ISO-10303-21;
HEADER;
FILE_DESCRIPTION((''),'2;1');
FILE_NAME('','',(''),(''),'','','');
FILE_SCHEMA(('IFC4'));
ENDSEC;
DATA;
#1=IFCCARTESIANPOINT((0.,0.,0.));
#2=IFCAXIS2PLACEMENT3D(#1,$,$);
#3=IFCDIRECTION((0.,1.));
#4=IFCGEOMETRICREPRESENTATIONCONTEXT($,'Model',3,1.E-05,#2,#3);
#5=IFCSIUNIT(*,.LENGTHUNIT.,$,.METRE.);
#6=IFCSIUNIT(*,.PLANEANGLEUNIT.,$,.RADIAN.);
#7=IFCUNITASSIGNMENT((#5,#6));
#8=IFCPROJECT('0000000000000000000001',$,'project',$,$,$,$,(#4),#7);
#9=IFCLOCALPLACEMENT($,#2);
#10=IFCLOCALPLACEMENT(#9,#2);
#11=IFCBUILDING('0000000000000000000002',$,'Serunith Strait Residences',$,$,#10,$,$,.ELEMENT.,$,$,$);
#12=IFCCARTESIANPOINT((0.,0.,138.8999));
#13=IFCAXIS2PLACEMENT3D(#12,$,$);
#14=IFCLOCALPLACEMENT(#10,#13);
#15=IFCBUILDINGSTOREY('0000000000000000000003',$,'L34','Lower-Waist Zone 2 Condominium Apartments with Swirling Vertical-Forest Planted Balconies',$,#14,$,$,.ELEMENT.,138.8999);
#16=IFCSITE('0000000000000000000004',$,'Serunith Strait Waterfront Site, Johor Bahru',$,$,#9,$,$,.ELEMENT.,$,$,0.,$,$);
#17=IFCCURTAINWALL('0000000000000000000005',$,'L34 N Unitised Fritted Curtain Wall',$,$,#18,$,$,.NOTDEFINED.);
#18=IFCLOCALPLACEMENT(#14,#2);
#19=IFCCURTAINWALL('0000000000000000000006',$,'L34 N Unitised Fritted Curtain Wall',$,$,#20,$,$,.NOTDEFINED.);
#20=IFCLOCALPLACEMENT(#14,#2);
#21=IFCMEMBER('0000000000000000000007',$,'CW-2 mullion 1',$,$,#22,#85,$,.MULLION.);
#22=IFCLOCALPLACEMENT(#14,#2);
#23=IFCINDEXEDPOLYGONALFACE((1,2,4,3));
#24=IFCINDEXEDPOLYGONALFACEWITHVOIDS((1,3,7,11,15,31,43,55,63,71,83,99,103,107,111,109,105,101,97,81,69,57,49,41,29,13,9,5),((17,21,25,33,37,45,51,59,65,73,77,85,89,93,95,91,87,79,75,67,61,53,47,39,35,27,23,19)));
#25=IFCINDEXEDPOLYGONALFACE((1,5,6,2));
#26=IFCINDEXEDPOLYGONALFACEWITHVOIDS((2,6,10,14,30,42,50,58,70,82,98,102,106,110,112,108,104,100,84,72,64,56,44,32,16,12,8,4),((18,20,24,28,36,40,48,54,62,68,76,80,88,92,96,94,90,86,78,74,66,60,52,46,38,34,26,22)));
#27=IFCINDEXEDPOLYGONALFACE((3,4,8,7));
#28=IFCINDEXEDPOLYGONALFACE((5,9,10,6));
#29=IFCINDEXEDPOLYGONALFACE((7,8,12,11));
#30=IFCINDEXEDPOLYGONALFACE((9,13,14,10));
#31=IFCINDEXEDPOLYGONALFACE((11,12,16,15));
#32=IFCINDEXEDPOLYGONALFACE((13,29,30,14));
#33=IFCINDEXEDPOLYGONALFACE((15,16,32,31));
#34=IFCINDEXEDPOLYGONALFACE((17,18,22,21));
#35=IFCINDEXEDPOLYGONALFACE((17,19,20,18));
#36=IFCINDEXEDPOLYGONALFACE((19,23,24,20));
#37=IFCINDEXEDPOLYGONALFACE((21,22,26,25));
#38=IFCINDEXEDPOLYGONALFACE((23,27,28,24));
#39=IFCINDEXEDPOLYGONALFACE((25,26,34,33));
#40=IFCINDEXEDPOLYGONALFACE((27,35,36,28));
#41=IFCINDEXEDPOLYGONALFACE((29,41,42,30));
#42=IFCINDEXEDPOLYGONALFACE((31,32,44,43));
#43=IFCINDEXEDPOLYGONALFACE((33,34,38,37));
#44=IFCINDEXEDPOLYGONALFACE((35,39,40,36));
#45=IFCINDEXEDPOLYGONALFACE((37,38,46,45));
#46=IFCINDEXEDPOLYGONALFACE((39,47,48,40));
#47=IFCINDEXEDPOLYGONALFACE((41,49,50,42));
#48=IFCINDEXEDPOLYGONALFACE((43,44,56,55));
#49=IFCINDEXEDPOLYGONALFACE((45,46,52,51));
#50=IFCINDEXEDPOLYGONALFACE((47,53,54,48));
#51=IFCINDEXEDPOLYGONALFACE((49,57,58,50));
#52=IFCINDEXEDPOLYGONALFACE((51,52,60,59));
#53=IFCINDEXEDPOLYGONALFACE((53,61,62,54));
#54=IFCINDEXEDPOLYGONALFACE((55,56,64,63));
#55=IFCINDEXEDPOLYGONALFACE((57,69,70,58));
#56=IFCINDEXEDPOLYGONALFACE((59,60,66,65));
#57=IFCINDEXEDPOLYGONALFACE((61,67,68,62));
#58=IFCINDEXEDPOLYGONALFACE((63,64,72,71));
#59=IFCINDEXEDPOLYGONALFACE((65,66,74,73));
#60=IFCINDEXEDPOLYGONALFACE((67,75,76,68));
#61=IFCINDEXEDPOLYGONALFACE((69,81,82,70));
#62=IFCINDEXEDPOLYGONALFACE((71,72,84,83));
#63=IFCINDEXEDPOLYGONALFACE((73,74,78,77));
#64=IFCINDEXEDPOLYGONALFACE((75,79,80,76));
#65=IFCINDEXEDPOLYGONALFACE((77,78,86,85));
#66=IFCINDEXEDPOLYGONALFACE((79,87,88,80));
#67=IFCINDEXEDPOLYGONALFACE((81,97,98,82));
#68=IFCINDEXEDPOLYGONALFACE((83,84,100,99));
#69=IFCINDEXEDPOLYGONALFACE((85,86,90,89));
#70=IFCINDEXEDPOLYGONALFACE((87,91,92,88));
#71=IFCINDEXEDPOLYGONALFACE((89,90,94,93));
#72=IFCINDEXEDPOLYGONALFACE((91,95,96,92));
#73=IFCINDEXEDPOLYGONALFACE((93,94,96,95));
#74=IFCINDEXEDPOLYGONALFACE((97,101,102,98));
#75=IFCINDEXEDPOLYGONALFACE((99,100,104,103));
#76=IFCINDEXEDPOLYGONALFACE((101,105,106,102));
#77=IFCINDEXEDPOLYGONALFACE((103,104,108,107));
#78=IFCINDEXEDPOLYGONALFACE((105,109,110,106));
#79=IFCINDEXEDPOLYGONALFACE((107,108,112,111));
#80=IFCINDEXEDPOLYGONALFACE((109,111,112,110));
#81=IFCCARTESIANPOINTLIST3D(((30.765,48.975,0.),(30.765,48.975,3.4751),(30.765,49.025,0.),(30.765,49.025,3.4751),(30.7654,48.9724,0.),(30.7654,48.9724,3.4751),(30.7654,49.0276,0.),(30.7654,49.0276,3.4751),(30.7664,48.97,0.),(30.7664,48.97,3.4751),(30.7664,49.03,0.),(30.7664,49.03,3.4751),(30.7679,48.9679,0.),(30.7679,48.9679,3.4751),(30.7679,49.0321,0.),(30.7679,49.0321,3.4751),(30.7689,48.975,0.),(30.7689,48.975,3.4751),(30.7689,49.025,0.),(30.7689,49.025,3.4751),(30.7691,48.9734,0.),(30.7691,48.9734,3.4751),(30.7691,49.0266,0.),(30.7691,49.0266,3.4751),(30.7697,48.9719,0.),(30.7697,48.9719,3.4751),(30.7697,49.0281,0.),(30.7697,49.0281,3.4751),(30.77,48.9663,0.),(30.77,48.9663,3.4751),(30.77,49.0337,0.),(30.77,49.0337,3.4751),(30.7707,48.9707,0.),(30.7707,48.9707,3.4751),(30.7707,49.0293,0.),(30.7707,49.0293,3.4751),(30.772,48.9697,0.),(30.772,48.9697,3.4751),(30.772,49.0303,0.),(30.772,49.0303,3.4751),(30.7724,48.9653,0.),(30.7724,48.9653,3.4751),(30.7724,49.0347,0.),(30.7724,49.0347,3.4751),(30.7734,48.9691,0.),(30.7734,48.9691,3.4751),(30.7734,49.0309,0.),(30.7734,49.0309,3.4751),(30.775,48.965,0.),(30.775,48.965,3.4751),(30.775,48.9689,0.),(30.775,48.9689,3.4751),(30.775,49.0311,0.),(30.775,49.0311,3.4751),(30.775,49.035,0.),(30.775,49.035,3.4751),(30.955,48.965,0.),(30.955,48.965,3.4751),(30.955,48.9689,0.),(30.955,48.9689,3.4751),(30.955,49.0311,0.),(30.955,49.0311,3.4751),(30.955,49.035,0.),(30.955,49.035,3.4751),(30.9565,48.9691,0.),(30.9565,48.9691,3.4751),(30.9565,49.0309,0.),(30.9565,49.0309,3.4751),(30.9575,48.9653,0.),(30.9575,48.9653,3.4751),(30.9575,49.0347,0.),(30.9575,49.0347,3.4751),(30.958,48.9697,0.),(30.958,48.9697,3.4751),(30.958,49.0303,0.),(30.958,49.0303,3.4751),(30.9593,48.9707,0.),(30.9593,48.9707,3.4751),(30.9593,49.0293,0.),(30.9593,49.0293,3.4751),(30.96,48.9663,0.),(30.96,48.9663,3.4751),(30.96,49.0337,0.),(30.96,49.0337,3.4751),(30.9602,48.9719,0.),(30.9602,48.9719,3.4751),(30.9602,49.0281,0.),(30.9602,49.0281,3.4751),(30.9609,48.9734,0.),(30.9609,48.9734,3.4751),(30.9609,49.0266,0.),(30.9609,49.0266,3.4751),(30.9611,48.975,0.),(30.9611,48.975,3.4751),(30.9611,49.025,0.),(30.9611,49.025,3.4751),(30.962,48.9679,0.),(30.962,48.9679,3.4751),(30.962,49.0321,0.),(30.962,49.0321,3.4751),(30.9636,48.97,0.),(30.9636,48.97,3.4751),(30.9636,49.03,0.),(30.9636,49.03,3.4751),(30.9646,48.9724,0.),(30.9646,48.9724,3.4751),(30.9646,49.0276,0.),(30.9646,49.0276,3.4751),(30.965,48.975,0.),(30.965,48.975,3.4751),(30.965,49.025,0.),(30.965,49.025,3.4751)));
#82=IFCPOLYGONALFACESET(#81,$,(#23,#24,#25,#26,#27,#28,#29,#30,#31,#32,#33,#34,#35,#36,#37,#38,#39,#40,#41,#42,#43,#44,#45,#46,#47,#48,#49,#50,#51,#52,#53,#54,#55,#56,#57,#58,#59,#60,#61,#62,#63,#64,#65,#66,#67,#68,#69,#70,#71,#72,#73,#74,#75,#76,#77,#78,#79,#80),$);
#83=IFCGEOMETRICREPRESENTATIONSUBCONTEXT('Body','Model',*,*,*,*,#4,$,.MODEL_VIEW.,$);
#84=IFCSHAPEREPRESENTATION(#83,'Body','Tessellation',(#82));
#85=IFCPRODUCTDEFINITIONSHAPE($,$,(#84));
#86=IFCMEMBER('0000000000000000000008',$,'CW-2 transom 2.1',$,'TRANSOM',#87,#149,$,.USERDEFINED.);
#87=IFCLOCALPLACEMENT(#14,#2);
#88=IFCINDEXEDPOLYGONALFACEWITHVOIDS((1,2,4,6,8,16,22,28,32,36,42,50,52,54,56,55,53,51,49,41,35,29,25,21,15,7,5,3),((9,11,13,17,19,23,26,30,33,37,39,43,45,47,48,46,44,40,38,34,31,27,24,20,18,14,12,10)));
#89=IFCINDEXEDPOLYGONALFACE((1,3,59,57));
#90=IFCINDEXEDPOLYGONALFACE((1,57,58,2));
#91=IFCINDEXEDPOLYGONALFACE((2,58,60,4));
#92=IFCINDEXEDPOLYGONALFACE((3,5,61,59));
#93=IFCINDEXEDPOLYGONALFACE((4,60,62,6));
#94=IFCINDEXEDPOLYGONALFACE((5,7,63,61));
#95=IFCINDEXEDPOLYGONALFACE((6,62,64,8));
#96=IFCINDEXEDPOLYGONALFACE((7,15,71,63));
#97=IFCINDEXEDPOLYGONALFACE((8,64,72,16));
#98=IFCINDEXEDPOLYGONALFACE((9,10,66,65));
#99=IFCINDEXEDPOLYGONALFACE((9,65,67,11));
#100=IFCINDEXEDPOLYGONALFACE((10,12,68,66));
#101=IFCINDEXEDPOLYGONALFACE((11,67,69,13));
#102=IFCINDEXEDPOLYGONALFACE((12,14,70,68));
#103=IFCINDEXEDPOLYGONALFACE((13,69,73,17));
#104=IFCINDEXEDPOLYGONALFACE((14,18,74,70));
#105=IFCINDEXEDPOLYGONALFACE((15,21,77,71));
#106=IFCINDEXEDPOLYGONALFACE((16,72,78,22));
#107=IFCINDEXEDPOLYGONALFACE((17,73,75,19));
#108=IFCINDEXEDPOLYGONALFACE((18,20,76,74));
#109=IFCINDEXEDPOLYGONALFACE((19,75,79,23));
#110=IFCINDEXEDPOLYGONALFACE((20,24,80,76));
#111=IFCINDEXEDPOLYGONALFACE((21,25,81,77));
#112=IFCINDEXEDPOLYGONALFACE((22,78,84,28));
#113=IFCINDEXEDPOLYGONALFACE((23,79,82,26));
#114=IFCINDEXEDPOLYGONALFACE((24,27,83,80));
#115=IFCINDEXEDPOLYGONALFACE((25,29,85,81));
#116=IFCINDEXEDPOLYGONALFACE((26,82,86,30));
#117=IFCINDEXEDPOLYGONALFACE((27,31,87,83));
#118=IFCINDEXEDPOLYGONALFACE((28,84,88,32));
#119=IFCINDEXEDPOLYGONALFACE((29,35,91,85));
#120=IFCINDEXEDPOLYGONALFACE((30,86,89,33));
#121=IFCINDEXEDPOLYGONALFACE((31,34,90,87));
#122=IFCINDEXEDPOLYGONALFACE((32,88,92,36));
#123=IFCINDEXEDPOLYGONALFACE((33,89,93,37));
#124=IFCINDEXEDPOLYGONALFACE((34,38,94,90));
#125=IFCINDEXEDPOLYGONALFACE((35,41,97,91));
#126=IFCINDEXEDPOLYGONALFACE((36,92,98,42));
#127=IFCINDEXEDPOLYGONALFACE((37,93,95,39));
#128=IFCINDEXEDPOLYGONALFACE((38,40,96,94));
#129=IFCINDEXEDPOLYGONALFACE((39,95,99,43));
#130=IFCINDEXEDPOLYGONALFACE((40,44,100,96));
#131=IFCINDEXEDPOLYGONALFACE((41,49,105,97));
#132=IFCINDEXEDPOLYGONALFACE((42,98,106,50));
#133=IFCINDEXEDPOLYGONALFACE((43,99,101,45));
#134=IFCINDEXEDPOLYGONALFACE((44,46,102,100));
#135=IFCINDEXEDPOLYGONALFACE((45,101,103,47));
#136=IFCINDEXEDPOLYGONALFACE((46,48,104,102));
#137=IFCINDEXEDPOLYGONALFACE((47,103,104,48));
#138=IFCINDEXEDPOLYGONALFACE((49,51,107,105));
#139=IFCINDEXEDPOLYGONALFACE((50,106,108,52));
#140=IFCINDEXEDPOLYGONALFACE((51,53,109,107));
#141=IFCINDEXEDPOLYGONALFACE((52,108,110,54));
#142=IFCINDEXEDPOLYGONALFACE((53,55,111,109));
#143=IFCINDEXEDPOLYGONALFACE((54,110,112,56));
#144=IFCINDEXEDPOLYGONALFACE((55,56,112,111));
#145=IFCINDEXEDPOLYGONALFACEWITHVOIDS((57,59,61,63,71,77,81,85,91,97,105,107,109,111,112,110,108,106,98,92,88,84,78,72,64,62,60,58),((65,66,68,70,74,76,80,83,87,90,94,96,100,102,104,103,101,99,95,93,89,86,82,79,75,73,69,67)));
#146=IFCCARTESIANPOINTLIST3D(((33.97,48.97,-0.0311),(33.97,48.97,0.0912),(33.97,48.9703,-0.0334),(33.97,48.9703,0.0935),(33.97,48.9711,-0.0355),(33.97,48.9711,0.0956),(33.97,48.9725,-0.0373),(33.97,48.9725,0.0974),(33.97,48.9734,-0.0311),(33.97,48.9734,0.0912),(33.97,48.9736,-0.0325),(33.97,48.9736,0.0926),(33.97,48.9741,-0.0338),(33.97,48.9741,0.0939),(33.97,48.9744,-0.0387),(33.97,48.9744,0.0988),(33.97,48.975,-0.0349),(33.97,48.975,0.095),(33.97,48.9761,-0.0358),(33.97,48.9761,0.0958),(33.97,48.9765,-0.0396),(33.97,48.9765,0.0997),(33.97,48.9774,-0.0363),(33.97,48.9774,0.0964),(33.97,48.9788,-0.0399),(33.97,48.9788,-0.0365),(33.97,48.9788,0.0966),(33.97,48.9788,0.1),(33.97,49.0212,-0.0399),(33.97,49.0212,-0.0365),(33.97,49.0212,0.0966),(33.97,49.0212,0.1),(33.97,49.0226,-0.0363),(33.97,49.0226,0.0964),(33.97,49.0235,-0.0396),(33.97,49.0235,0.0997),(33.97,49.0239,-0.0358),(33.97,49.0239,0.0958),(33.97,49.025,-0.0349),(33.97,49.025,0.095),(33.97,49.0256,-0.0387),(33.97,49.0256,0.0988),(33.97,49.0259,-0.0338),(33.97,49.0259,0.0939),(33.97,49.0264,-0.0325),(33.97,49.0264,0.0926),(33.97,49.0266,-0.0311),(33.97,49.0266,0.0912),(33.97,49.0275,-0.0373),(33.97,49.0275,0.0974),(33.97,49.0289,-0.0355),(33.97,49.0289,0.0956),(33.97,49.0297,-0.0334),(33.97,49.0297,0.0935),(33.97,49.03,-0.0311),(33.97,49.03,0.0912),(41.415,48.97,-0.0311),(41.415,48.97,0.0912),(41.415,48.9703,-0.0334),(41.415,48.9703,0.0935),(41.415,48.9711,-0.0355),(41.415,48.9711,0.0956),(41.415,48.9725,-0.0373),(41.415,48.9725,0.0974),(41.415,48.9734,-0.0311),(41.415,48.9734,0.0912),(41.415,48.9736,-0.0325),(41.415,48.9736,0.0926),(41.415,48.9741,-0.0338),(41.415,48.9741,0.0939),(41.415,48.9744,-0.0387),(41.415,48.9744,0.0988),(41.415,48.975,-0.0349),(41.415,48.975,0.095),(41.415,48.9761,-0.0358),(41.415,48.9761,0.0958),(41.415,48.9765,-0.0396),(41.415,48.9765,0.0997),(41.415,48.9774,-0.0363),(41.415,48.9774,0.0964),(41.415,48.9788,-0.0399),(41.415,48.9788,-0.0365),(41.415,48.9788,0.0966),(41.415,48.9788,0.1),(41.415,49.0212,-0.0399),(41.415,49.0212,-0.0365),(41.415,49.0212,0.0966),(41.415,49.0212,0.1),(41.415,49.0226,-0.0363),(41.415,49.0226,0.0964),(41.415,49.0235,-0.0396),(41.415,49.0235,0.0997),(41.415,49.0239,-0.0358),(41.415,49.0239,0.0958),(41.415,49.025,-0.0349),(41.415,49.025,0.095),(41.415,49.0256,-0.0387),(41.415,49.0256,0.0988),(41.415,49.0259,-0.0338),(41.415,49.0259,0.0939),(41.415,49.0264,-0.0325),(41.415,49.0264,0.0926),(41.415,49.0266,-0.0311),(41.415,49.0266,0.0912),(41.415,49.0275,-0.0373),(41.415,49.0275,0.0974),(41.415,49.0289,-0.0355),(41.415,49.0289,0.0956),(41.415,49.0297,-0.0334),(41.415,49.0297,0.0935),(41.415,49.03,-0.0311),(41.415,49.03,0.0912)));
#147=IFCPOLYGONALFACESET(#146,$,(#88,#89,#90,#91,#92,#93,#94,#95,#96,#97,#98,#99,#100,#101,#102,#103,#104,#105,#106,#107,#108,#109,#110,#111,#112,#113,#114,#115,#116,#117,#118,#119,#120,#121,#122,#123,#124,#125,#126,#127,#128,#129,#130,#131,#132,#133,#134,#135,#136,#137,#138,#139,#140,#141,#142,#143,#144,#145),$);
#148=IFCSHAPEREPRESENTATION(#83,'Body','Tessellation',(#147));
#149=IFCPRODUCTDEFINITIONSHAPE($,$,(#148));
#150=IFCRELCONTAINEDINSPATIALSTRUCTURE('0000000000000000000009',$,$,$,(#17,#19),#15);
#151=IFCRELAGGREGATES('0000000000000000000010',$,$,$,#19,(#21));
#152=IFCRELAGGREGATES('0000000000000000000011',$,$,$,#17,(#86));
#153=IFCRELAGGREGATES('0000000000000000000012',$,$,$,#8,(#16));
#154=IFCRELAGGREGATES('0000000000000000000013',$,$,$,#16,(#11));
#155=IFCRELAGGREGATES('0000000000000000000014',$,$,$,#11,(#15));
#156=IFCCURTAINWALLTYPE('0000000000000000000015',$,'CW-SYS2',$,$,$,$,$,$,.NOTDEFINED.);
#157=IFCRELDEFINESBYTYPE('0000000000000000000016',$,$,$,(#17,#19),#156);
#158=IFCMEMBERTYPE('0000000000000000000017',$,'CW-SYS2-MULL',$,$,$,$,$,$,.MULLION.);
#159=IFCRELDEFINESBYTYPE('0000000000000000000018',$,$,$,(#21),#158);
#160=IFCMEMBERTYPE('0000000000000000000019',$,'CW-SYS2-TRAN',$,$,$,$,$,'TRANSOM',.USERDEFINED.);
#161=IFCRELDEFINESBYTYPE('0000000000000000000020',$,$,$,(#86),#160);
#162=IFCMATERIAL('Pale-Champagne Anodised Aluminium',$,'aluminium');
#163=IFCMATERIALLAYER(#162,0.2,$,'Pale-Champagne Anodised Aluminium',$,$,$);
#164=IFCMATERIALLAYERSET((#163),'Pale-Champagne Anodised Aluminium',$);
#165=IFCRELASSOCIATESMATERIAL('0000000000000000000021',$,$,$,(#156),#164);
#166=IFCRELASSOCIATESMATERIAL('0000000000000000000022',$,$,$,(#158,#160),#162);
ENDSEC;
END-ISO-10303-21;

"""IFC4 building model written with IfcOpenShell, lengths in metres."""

from ifc_helpers import new_model, si_unit, direction, frame, origin, origin_2d, place, context, subcontext, project, spatial, hollow_rectangle, extrude, source, transform, mapped, material, layer, layer_set, material_profile, profile_set, type_object, element, aggregate, save


model = new_model("IFC4")

# Units and contexts
model_context = context("Model", 3, precision=1e-05, world=origin(), true_north=direction((0.0, 1.0)))
body_context = subcontext(model_context, "Body", "Model", "MODEL_VIEW")
ifc_project = project(units=[si_unit("LENGTHUNIT", "METRE"), si_unit("PLANEANGLEUNIT", "RADIAN")], contexts=[model_context])

# Site, building, storey
site_placement = place(None, origin())
site = spatial("IfcSite", under=ifc_project, at=site_placement, Name="Serunith Strait Waterfront Site, Johor Bahru", CompositionType="ELEMENT", RefElevation=0.0)
building_placement = place(site_placement, origin())
building = spatial("IfcBuilding", under=site, at=building_placement, Name="Serunith Strait Residences", CompositionType="ELEMENT")
storey_placement = place(building_placement, frame((0.0, 0.0, 138.8999)))
storey = spatial("IfcBuildingStorey", under=building, at=storey_placement, Name="L34", Description="Lower-Waist Zone 2 Condominium Apartments with Swirling Vertical-Forest Planted Balconies", CompositionType="ELEMENT", Elevation=138.8999)

# Curtain wall
ifc_material_1 = material(Name="Pale-Champagne Anodised Aluminium", Category="aluminium")
ifc_layer_1 = layer(ifc_material_1, 0.2, Name="Pale-Champagne Anodised Aluminium")
ifc_layer_set_1 = layer_set([ifc_layer_1], Name="Pale-Champagne Anodised Aluminium")
curtain_wall_type = type_object("IfcCurtainWallType", Name="CW-SYS2", PredefinedType="NOTDEFINED", material=ifc_layer_set_1)
curtain_wall_1_placement = place(storey_placement, origin())
curtain_wall_1 = element("IfcCurtainWall", 1, at=curtain_wall_1_placement, inside=storey, type_object=curtain_wall_type, Name="L34 N Unitised Fritted Curtain Wall", PredefinedType="NOTDEFINED")
ifc_material_profile_1 = material_profile(ifc_material_1, hollow_rectangle(XDim=0.0701, YDim=0.2, WallThickness=0.0039, InnerFilletRadius=0.0061, OuterFilletRadius=0.01, at=origin_2d()), Name="ALU 200x70x4")
ifc_profile_set_1 = profile_set([ifc_material_profile_1], Name="Pale-Champagne Anodised Aluminium")
member_type_1 = type_object("IfcMemberType", Name="CW-SYS2-MULL", PredefinedType="MULLION", material=ifc_profile_set_1)
shared_shape_1 = source(origin(), body_context, "Body", "SweptSolid", [
    extrude(hollow_rectangle(XDim=0.0701, YDim=0.2, WallThickness=0.0039, InnerFilletRadius=0.0061, OuterFilletRadius=0.01, at=origin_2d()), origin(), (0.0, 0.0, 1.0), 3.4751),
])

# Curtain wall, member
curtain_wall_2_placement = place(storey_placement, origin())
curtain_wall_2 = element("IfcCurtainWall", 2, at=curtain_wall_2_placement, inside=storey, type_object=curtain_wall_type, Name="L34 N Unitised Fritted Curtain Wall", PredefinedType="NOTDEFINED")
member_1_placement = place(storey_placement, frame((30.865, 49.0, 0.0), z_axis=(0.0, 0.0, 1.0), x_axis=(0.0, -1.0, 0.0)))
member_1 = element("IfcMember", 3, at=member_1_placement, type_object=member_type_1, Name="CW-2 mullion 1", PredefinedType="MULLION", context=body_context, shape_type="MappedRepresentation", body=[
    mapped(shared_shape_1, transform((0.0, 0.0, 0.0), scale=1.0)),
])

# Member
ifc_material_profile_2 = material_profile(ifc_material_1, hollow_rectangle(XDim=0.0601, YDim=0.1399, WallThickness=0.0034, InnerFilletRadius=0.0054, OuterFilletRadius=0.0088, at=origin_2d()), Name="ALU 140x60x3.5")
ifc_profile_set_2 = profile_set([ifc_material_profile_2], Name="Pale-Champagne Anodised Aluminium")
member_type_2 = type_object("IfcMemberType", Name="CW-SYS2-TRAN", ElementType="TRANSOM", PredefinedType="USERDEFINED", material=ifc_profile_set_2)
shared_shape_2 = source(origin(), body_context, "Body", "SweptSolid", [
    extrude(hollow_rectangle(XDim=0.0601, YDim=0.1399, WallThickness=0.0034, InnerFilletRadius=0.0054, OuterFilletRadius=0.0088, at=origin_2d()), origin(), (0.0, 0.0, 1.0), 7.4451),
])
member_2_placement = place(storey_placement, frame((41.415, 49.0, 0.03), z_axis=(-1.0, 0.0, 0.0), x_axis=(0.0, -1.0, 0.0)))
member_2 = element("IfcMember", 4, at=member_2_placement, type_object=member_type_2, Name="CW-2 transom 2.1", ObjectType="TRANSOM", PredefinedType="USERDEFINED", context=body_context, shape_type="MappedRepresentation", body=[
    mapped(shared_shape_2, transform((0.0, 0.0, 0.0), scale=1.0)),
])
aggregate(curtain_wall_2, [member_1])

aggregate(curtain_wall_1, [member_2])

save(model, "model.ifc")
